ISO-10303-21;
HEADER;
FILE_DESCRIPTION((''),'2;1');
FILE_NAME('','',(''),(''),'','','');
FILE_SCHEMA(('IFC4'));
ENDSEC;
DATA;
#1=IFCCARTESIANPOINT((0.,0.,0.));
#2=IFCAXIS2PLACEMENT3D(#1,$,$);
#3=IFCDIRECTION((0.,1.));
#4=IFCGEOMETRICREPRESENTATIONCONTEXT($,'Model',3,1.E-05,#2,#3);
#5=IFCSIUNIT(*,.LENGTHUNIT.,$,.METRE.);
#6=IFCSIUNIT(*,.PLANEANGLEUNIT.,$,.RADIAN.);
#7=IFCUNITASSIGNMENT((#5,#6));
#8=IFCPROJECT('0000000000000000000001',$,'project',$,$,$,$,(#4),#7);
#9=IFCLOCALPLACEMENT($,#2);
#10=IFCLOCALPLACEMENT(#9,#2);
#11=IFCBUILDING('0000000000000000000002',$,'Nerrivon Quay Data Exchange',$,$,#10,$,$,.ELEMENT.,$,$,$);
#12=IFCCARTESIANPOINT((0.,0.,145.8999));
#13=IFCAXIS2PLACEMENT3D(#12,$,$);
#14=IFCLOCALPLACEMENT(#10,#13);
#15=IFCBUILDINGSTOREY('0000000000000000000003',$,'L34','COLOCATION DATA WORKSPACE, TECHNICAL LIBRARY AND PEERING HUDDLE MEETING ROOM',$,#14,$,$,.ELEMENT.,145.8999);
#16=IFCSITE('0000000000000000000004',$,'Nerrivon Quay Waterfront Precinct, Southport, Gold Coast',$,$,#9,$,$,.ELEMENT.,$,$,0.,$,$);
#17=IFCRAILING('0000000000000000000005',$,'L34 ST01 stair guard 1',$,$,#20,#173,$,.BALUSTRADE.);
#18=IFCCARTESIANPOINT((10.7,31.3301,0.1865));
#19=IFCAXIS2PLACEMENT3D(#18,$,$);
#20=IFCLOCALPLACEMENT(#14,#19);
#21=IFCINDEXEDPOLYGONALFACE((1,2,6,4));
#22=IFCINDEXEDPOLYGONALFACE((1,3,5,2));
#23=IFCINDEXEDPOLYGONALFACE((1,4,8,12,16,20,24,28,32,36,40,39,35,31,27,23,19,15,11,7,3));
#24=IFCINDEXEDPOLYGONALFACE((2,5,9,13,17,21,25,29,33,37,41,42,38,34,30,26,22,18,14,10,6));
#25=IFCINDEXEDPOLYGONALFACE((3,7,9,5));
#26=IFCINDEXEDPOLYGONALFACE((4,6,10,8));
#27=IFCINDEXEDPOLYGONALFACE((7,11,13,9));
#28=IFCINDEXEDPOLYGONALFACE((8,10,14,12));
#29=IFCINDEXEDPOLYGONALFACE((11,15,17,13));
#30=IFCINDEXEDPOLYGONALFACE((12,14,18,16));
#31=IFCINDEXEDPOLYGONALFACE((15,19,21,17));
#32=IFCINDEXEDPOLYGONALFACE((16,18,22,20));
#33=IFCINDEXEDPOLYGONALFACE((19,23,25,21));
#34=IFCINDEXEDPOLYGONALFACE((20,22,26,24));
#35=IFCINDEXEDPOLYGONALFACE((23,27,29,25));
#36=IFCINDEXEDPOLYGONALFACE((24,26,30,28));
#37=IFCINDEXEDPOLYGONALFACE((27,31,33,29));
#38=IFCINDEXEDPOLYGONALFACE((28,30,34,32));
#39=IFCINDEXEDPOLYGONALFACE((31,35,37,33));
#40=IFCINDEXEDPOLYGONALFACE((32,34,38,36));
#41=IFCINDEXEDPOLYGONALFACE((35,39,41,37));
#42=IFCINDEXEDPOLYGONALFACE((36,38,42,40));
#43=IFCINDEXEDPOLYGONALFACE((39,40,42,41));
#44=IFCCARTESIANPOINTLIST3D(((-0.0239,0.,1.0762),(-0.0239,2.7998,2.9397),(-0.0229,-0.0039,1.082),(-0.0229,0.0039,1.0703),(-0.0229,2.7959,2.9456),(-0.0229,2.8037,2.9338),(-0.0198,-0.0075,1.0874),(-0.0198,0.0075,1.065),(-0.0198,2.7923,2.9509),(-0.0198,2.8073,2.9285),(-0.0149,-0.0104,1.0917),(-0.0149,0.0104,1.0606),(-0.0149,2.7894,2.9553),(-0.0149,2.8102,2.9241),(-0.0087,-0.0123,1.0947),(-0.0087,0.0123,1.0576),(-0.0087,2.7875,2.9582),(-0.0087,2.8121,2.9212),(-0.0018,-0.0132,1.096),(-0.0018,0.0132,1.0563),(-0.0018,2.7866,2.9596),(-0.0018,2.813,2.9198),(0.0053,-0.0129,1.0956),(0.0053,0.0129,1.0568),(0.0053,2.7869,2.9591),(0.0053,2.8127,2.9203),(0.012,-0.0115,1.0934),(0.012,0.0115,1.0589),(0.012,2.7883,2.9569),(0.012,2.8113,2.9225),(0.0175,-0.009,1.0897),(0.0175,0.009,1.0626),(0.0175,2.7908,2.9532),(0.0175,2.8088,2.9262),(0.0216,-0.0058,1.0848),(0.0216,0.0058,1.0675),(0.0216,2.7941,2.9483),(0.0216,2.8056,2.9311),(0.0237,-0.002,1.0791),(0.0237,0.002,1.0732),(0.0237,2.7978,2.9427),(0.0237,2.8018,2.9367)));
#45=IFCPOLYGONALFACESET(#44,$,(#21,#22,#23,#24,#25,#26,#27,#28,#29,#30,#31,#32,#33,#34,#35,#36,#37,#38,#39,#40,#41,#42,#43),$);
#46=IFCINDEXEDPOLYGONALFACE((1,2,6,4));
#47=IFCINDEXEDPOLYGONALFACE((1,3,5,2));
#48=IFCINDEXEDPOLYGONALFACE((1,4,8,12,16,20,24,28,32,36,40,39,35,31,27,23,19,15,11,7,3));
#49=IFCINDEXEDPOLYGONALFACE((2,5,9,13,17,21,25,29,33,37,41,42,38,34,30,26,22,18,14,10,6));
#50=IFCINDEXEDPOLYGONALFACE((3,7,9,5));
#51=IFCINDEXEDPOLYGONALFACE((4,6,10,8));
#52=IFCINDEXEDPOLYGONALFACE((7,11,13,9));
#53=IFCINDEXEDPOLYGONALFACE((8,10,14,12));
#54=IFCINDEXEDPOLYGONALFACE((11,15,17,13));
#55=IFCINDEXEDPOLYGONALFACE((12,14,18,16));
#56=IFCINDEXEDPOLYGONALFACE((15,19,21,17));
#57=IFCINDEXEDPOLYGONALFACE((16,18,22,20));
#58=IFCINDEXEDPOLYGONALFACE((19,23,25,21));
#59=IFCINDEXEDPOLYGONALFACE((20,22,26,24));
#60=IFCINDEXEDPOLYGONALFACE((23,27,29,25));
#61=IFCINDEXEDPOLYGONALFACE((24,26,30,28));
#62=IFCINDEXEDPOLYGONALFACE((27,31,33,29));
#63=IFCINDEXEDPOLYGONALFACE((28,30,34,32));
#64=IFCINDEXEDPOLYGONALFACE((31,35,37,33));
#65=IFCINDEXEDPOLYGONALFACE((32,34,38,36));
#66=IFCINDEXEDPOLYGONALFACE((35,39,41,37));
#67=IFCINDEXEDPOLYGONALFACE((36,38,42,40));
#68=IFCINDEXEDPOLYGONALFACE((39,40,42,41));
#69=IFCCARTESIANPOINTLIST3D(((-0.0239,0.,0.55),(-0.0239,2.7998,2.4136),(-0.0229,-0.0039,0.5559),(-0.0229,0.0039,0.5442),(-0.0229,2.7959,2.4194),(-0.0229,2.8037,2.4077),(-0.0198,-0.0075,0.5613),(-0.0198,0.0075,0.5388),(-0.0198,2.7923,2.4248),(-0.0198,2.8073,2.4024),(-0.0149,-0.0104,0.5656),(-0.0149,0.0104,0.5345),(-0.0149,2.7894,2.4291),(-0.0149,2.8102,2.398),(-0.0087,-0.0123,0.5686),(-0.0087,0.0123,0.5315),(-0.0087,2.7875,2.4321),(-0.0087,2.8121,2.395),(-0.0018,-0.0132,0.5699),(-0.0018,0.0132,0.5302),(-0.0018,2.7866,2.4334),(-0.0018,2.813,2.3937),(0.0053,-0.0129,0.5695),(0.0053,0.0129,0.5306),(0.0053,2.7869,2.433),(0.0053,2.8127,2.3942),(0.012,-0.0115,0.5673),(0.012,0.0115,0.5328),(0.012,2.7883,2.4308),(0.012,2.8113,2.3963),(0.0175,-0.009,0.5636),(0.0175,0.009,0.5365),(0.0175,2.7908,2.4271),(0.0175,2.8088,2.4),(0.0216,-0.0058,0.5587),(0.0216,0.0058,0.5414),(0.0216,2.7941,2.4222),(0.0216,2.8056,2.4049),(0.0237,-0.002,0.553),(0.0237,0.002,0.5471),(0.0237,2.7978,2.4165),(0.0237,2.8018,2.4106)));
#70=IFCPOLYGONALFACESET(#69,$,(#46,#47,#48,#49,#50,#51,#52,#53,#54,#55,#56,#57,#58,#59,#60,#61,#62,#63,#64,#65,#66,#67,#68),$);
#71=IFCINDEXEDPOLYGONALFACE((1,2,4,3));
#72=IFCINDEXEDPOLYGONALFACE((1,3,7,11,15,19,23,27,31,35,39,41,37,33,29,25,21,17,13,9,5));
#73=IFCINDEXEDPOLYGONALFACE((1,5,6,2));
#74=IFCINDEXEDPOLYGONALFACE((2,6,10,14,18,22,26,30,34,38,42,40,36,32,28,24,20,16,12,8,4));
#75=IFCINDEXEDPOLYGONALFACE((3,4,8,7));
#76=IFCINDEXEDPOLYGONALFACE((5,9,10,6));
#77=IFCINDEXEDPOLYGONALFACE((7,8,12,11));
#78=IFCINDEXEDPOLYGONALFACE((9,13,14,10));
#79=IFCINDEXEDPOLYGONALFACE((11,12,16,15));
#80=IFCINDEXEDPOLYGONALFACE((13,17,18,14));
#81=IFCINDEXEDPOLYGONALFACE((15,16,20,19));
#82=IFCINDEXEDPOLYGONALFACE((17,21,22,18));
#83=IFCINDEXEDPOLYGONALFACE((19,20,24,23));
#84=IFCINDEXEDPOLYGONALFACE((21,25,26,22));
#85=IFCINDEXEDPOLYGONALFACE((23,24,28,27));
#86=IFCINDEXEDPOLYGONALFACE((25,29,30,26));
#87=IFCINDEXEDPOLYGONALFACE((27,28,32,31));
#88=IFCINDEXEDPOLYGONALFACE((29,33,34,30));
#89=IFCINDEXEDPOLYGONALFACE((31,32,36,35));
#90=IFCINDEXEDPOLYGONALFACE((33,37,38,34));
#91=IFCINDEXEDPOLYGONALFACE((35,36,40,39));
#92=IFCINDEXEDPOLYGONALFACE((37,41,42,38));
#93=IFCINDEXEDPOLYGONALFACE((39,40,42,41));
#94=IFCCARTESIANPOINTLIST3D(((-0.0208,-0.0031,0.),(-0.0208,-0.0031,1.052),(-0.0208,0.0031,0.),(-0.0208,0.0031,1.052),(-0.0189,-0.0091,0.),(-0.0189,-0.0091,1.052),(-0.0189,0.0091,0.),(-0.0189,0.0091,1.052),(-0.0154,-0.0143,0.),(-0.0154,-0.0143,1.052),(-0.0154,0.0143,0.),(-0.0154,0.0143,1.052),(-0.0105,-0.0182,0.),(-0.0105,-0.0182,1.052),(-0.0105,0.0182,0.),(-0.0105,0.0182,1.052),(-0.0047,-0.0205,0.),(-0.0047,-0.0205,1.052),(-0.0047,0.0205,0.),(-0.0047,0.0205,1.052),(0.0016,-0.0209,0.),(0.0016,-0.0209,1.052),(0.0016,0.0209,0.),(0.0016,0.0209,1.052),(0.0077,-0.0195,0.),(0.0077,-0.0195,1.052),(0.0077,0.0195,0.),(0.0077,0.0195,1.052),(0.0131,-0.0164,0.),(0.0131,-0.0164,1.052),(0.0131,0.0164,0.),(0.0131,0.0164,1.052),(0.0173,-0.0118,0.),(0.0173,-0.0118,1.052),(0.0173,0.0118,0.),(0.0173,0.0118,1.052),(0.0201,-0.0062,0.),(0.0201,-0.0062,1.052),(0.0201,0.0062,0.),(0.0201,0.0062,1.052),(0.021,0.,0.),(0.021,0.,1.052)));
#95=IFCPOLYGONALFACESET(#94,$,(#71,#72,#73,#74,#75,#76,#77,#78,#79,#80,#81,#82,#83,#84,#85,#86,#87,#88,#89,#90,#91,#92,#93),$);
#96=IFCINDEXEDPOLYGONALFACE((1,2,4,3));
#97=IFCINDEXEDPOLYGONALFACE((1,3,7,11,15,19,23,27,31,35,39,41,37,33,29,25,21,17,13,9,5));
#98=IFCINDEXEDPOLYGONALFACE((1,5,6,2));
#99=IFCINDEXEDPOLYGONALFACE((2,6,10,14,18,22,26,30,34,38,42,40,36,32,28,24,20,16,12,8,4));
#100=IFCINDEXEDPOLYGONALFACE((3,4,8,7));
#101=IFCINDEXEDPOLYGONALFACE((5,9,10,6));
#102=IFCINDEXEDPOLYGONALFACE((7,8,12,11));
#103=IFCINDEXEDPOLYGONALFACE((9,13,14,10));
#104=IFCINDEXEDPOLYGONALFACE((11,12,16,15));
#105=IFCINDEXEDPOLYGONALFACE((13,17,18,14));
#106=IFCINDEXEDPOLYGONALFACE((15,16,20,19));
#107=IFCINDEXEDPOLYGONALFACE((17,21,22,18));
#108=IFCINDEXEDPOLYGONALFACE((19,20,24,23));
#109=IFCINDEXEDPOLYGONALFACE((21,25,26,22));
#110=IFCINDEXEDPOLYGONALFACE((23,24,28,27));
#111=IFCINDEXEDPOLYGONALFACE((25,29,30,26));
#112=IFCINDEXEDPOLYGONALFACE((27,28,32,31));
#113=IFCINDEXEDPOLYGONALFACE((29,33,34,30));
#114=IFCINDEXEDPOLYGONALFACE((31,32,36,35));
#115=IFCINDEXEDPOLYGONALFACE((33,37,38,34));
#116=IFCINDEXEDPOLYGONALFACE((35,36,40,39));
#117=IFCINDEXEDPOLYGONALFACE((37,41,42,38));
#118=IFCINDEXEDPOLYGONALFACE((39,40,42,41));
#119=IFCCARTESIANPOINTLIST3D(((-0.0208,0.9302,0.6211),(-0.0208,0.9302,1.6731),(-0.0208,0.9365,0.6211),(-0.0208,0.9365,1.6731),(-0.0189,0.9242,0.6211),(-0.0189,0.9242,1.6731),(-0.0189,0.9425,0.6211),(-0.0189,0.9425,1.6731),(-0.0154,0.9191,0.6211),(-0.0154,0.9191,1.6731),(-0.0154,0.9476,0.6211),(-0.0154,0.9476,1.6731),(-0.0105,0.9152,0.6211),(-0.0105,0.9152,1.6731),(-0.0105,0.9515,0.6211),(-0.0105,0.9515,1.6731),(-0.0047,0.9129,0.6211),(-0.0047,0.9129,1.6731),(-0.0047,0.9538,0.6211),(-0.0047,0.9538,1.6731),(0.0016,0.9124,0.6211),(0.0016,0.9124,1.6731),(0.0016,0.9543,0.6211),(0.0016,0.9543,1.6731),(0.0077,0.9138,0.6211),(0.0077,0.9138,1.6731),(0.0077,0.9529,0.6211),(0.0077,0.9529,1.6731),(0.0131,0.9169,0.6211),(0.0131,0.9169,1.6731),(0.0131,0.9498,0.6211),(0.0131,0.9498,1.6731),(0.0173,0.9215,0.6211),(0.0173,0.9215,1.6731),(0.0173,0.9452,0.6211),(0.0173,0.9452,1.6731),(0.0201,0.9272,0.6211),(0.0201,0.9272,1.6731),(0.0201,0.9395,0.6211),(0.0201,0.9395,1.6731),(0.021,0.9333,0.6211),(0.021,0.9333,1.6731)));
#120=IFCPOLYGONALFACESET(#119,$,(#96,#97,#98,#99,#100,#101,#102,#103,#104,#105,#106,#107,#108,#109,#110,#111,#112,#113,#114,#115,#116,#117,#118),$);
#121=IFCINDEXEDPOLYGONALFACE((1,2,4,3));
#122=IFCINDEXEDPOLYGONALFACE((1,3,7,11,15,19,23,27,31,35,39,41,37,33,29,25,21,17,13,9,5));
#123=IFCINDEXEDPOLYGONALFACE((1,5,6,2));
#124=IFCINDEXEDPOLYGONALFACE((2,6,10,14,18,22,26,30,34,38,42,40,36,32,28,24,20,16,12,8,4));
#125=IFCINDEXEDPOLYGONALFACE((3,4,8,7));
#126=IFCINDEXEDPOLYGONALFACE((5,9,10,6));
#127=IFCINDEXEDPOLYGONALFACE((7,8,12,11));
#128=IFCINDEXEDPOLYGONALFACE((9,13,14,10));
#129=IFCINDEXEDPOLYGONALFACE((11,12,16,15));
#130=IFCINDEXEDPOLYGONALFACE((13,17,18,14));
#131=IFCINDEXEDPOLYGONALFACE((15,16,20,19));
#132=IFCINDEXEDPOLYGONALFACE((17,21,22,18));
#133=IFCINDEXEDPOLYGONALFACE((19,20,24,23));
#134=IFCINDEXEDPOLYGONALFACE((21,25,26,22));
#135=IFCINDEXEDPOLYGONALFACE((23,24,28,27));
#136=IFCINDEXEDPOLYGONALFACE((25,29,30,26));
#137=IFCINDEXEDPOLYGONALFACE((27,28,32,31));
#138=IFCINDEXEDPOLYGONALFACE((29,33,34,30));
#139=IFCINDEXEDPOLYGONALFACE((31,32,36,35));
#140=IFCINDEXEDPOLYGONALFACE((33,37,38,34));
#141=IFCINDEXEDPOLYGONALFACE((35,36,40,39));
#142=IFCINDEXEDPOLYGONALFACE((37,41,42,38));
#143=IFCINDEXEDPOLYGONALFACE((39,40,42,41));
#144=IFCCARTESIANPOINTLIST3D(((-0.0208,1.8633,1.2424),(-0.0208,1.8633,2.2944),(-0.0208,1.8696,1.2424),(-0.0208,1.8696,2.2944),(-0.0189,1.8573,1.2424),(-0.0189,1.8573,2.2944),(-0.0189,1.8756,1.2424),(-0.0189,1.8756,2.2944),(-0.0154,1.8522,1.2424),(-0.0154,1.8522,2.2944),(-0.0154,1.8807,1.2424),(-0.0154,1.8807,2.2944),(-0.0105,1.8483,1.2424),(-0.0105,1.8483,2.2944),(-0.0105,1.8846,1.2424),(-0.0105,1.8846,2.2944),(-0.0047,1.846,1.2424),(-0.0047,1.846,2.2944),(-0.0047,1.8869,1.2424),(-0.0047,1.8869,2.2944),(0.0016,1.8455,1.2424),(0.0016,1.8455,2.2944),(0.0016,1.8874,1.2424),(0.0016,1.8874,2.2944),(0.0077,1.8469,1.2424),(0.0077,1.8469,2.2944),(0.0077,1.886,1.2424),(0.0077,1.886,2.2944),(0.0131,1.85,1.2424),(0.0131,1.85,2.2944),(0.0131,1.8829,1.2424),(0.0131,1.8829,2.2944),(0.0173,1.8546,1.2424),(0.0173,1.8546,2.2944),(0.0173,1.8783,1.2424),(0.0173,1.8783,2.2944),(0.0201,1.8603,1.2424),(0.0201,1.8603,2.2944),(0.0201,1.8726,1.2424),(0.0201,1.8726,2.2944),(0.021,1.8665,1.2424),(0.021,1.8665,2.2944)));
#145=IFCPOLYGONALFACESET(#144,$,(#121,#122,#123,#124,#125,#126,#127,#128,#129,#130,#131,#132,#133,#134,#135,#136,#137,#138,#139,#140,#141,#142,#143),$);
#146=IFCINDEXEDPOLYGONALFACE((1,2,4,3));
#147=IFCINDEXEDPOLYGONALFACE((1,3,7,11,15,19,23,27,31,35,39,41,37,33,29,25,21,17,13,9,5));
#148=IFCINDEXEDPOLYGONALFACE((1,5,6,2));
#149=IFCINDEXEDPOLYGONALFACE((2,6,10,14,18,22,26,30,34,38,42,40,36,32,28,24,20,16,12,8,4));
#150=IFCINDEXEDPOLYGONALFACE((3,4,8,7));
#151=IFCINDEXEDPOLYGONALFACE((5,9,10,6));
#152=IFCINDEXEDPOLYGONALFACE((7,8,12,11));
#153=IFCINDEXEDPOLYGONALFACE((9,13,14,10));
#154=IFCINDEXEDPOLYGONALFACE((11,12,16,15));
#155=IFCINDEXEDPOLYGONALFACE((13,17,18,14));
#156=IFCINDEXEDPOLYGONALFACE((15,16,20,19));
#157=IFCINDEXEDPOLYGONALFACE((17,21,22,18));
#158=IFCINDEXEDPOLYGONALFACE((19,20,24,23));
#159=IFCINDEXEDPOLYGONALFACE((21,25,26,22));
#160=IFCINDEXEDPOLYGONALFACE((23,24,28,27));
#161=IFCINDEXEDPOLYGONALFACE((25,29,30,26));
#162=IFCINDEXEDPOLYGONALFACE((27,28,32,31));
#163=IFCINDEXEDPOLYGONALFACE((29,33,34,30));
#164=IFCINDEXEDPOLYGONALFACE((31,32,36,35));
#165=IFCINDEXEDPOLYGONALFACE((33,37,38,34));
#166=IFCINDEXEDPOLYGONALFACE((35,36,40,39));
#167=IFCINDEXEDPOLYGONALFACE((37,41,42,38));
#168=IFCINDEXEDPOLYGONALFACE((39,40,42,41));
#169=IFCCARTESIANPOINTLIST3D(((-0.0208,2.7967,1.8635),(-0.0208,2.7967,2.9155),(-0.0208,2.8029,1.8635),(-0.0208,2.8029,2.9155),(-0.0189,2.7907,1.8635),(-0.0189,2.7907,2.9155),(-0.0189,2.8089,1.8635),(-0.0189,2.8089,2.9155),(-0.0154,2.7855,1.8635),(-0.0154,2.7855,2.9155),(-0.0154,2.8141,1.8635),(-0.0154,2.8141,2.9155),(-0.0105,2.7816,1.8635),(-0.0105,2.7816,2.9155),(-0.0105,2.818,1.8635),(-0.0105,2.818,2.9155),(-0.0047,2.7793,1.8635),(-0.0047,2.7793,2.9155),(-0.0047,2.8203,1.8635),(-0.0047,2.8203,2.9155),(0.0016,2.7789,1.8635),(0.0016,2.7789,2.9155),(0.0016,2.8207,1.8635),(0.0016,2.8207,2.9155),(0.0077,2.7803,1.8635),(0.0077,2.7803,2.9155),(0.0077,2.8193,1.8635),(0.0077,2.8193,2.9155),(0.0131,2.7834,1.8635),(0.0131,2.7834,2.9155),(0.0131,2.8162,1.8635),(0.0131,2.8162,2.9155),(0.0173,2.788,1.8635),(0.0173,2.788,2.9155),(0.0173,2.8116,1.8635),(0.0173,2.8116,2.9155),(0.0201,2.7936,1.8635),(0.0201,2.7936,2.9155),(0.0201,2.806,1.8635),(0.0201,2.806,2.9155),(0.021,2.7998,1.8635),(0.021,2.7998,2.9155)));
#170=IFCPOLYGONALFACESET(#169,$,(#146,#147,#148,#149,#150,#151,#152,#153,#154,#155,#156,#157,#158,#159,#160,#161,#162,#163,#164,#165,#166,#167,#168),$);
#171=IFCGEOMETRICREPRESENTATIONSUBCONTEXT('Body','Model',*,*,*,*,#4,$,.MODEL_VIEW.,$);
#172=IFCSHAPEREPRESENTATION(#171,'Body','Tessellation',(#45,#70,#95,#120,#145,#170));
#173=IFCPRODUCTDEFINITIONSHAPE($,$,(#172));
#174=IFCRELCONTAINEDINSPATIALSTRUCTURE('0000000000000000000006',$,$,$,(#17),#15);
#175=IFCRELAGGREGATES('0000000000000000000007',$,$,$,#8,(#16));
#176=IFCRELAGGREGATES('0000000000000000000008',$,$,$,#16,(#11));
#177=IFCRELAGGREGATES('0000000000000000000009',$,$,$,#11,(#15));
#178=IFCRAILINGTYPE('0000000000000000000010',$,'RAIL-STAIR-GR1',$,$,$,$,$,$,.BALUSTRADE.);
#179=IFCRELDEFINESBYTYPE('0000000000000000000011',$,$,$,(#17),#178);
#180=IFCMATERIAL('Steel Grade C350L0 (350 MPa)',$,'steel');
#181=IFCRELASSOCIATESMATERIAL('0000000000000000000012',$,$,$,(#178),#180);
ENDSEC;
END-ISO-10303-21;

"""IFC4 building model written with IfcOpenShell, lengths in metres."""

from ifc_helpers import new_model, si_unit, direction, frame, origin, origin_2d, place, context, subcontext, project, spatial, circle, extrude, material, type_object, element, save


model = new_model("IFC4")

# Units and contexts
model_context = context("Model", 3, precision=1e-05, world=origin(), true_north=direction((0.0, 1.0)))
body_context = subcontext(model_context, "Body", "Model", "MODEL_VIEW")
ifc_project = project(units=[si_unit("LENGTHUNIT", "METRE"), si_unit("PLANEANGLEUNIT", "RADIAN")], contexts=[model_context])

# Site, building, storey
site_placement = place(None, origin())
site = spatial("IfcSite", under=ifc_project, at=site_placement, Name="Nerrivon Quay Waterfront Precinct, Southport, Gold Coast", CompositionType="ELEMENT", RefElevation=0.0)
building_placement = place(site_placement, origin())
building = spatial("IfcBuilding", under=site, at=building_placement, Name="Nerrivon Quay Data Exchange", CompositionType="ELEMENT")
storey_placement = place(building_placement, frame((0.0, 0.0, 145.8999)))
storey = spatial("IfcBuildingStorey", under=building, at=storey_placement, Name="L34", Description="COLOCATION DATA WORKSPACE, TECHNICAL LIBRARY AND PEERING HUDDLE MEETING ROOM", CompositionType="ELEMENT", Elevation=145.8999)

# Railing
ifc_material_1 = material(Name="Steel Grade C350L0 (350 MPa)", Category="steel")
railing_type_1 = type_object("IfcRailingType", Name="RAIL-STAIR-GR1", PredefinedType="BALUSTRADE", material=ifc_material_1)
railing_1_placement = place(storey_placement, frame((10.7, 31.3301, 0.1865)))
element("IfcRailing", 1, at=railing_1_placement, inside=storey, type_object=railing_type_1, Name="L34 ST01 stair guard 1", PredefinedType="BALUSTRADE", context=body_context, shape_type="SweptSolid", body=[
    extrude(circle(Radius=0.0239, at=origin_2d()), frame((0.0, 0.0, 1.0762), z_axis=(0.0, 0.832463, 0.55408), x_axis=(-1.0, 0.0, 0.0)), (0.0, 0.0, 1.0), 3.3633),
    extrude(circle(Radius=0.0239, at=origin_2d()), frame((0.0, 0.0, 0.55), z_axis=(0.0, 0.832463, 0.55408), x_axis=(-1.0, 0.0, 0.0)), (0.0, 0.0, 1.0), 3.3633),
    extrude(circle(Radius=0.021, at=origin_2d()), origin(), (0.0, 0.0, 1.0), 1.052),
    extrude(circle(Radius=0.021, at=origin_2d()), frame((0.0, 0.9333, 0.6211)), (0.0, 0.0, 1.0), 1.052),
    extrude(circle(Radius=0.021, at=origin_2d()), frame((0.0, 1.8665, 1.2424)), (0.0, 0.0, 1.0), 1.052),
    extrude(circle(Radius=0.021, at=origin_2d()), frame((0.0, 2.7998, 1.8635)), (0.0, 0.0, 1.0), 1.052),
])

save(model, "model.ifc")
